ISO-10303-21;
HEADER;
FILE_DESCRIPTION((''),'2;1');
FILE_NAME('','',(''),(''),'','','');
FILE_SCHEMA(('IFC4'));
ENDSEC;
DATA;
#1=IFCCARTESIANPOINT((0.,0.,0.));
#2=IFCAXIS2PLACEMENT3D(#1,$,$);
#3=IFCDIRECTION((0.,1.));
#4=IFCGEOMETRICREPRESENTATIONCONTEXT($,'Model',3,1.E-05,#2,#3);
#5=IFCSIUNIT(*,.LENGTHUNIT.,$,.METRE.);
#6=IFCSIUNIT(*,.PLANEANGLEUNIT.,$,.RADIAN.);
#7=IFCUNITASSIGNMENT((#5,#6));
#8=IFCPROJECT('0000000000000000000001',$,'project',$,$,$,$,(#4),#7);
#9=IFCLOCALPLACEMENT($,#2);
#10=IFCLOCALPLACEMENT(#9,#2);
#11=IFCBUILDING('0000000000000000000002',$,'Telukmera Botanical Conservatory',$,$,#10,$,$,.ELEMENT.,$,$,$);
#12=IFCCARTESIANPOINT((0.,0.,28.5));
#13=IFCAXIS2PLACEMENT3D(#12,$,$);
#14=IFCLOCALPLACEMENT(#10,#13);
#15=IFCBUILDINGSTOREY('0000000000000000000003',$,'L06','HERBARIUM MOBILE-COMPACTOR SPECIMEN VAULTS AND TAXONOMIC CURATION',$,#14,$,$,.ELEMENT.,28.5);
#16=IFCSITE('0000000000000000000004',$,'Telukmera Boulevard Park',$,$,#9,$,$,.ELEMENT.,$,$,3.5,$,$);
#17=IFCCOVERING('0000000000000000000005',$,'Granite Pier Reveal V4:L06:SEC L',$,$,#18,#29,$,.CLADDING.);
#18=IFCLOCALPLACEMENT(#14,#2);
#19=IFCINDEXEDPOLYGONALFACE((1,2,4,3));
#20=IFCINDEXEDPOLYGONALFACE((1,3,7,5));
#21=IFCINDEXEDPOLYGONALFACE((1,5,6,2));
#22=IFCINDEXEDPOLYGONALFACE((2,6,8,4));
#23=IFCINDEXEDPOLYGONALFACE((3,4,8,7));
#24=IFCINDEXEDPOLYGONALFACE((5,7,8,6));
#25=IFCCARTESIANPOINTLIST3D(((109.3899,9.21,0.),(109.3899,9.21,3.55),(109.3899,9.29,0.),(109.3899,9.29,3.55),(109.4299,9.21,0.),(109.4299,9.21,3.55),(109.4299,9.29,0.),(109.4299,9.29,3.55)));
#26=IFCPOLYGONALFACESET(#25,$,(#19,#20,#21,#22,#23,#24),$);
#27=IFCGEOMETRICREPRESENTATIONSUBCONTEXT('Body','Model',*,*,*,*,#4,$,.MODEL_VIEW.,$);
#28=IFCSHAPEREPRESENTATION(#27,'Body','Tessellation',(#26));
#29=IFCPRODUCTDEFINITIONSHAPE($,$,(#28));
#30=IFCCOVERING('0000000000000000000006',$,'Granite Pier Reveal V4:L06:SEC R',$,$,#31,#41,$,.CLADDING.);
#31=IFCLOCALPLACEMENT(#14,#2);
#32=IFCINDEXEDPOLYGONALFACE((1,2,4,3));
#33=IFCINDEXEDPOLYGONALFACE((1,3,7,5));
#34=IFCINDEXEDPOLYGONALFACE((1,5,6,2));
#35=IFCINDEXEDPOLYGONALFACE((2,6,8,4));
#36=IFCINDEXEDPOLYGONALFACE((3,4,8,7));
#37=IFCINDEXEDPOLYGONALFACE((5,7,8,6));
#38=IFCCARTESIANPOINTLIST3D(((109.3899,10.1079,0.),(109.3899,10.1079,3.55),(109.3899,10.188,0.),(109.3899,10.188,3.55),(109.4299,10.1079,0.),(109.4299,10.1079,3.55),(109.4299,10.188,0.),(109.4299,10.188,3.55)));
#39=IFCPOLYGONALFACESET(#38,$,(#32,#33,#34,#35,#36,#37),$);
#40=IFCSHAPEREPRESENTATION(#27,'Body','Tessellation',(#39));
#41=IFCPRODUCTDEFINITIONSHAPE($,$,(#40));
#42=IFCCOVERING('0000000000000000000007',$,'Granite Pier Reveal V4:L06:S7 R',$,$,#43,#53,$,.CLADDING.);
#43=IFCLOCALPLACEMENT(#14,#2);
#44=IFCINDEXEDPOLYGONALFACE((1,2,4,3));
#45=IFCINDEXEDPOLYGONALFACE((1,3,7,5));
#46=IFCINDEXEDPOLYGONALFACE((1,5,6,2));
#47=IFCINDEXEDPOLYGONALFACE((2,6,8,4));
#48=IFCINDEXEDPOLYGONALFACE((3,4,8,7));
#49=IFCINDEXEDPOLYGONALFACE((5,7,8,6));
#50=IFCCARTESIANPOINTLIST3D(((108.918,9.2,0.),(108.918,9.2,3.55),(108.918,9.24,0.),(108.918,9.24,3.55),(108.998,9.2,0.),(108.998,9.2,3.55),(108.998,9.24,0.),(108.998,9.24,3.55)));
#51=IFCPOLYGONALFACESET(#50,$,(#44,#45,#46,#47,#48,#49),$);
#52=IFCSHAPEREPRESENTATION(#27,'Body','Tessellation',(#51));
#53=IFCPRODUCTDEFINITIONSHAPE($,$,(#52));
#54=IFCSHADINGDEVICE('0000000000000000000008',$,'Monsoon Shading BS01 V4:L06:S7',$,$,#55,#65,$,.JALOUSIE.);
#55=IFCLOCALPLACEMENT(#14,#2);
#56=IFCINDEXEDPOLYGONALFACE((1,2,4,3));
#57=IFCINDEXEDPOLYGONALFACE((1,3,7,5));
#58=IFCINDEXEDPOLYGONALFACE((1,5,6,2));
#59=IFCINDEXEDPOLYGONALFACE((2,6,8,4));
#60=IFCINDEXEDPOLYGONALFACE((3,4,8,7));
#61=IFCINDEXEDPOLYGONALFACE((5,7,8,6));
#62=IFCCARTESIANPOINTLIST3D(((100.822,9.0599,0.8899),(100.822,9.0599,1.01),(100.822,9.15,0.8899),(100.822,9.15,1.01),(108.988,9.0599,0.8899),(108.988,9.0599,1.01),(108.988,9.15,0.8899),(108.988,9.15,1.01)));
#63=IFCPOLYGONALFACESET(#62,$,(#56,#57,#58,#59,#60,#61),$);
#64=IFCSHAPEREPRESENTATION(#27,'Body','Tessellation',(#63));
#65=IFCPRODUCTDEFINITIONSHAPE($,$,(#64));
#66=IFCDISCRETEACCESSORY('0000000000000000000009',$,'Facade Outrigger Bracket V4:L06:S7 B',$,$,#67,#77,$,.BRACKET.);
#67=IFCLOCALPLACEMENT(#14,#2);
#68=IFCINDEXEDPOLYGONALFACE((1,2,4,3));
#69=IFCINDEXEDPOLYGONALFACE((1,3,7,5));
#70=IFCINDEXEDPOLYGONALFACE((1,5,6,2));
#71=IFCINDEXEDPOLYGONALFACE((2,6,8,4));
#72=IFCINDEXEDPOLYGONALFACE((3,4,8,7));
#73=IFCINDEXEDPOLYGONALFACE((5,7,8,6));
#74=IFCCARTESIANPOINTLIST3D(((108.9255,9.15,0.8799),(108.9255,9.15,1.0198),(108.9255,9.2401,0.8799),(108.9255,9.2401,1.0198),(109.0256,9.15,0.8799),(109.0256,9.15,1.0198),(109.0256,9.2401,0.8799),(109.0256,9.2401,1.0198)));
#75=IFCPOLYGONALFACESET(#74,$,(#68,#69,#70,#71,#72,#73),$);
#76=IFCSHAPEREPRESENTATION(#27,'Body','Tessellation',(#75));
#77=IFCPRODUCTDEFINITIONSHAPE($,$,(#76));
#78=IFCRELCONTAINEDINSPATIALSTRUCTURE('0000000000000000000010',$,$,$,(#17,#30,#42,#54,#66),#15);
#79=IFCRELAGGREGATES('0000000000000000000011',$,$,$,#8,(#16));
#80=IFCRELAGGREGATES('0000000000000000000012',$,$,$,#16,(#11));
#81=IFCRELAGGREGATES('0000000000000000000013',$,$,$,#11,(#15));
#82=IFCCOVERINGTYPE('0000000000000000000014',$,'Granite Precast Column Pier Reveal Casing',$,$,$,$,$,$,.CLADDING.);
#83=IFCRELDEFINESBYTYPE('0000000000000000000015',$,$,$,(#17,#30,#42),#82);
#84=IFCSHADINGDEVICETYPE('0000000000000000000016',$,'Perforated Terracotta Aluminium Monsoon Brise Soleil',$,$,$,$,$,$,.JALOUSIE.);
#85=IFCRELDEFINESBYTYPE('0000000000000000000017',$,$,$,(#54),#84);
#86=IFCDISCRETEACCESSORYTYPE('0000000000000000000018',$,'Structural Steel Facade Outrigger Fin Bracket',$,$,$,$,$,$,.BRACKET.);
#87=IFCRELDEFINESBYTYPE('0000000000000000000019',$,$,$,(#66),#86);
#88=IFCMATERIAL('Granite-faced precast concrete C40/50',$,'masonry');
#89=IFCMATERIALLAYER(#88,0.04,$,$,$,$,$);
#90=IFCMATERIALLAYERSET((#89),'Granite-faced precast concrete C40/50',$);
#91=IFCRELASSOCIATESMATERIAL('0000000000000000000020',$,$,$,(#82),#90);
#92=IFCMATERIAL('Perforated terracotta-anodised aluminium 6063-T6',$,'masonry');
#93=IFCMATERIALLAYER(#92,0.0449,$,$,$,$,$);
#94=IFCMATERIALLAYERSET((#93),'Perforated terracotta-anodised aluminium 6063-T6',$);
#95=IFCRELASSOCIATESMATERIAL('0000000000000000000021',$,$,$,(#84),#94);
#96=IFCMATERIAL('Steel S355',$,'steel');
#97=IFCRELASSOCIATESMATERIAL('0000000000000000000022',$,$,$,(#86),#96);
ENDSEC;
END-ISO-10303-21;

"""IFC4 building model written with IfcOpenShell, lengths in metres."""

from ifc_helpers import new_model, si_unit, direction, frame, origin, origin_2d, place, context, subcontext, project, spatial, rectangle, extrude, material, layer, layer_set, type_object, element, save


model = new_model("IFC4")

# Units and contexts
model_context = context("Model", 3, precision=1e-05, world=origin(), true_north=direction((0.0, 1.0)))
body_context = subcontext(model_context, "Body", "Model", "MODEL_VIEW")
ifc_project = project(units=[si_unit("LENGTHUNIT", "METRE"), si_unit("PLANEANGLEUNIT", "RADIAN")], contexts=[model_context])

# Site, building, storey
site_placement = place(None, origin())
site = spatial("IfcSite", under=ifc_project, at=site_placement, Name="Telukmera Boulevard Park", CompositionType="ELEMENT", RefElevation=3.5)
building_placement = place(site_placement, origin())
building = spatial("IfcBuilding", under=site, at=building_placement, Name="Telukmera Botanical Conservatory", CompositionType="ELEMENT")
storey_placement = place(building_placement, frame((0.0, 0.0, 28.5)))
storey = spatial("IfcBuildingStorey", under=building, at=storey_placement, Name="L06", Description="HERBARIUM MOBILE-COMPACTOR SPECIMEN VAULTS AND TAXONOMIC CURATION", CompositionType="ELEMENT", Elevation=28.5)

# Coverings
ifc_material_1 = material(Name="Granite-faced precast concrete C40/50", Category="masonry")
ifc_layer_1 = layer(ifc_material_1, 0.04)
ifc_layer_set_1 = layer_set([ifc_layer_1], Name="Granite-faced precast concrete C40/50")
covering_type = type_object("IfcCoveringType", Name="Granite Precast Column Pier Reveal Casing", PredefinedType="CLADDING", material=ifc_layer_set_1)
for number, where, z_axis, x_axis, name in (
    (1, (109.4099, 9.25, 0.0), (0.0, 0.0, 1.0), (0.0, 1.0, 0.0), "Granite Pier Reveal V4:L06:SEC L"),
    (2, (109.4099, 10.1479, 0.0), (0.0, 0.0, 1.0), (0.0, 1.0, 0.0), "Granite Pier Reveal V4:L06:SEC R"),
    (3, (108.958, 9.22, 0.0), (0.0, 0.0, 1.0), (1.0, 0.0, 0.0), "Granite Pier Reveal V4:L06:S7 R"),
):
    element("IfcCovering", number, at=place(storey_placement, frame(where, z_axis=z_axis, x_axis=x_axis)), inside=storey, type_object=covering_type, Name=name, PredefinedType="CLADDING", context=body_context, shape_type="SweptSolid", body=[
        extrude(rectangle(XDim=0.0801, YDim=0.04, at=origin_2d()), origin(), (0.0, 0.0, 1.0), 3.55),
    ])

# Shading device
ifc_material_2 = material(Name="Perforated terracotta-anodised aluminium 6063-T6", Category="masonry")
ifc_layer_2 = layer(ifc_material_2, 0.0449)
ifc_layer_set_2 = layer_set([ifc_layer_2], Name="Perforated terracotta-anodised aluminium 6063-T6")
shading_device_type = type_object("IfcShadingDeviceType", Name="Perforated Terracotta Aluminium Monsoon Brise Soleil", PredefinedType="JALOUSIE", material=ifc_layer_set_2)
shading_device_placement = place(storey_placement, frame((104.905, 9.105, 0.8899), z_axis=(0.0, 0.0, 1.0), x_axis=(1.0, 0.0, 0.0)))
element("IfcShadingDevice", 4, at=shading_device_placement, inside=storey, type_object=shading_device_type, Name="Monsoon Shading BS01 V4:L06:S7", PredefinedType="JALOUSIE", context=body_context, shape_type="SweptSolid", body=[
    extrude(rectangle(XDim=8.166, YDim=0.0901, at=origin_2d()), origin(), (0.0, 0.0, 1.0), 0.1201),
])

# Discrete accessory
ifc_material_3 = material(Name="Steel S355", Category="steel")
discrete_accessory_type = type_object("IfcDiscreteAccessoryType", Name="Structural Steel Facade Outrigger Fin Bracket", PredefinedType="BRACKET", material=ifc_material_3)
discrete_accessory_placement = place(storey_placement, frame((108.9756, 9.1951, 0.8799), z_axis=(0.0, 0.0, 1.0), x_axis=(1.0, 0.0, 0.0)))
element("IfcDiscreteAccessory", 5, at=discrete_accessory_placement, inside=storey, type_object=discrete_accessory_type, Name="Facade Outrigger Bracket V4:L06:S7 B", PredefinedType="BRACKET", context=body_context, shape_type="SweptSolid", body=[
    extrude(rectangle(XDim=0.1001, YDim=0.0901, at=origin_2d()), origin(), (0.0, 0.0, 1.0), 0.1399),
])

save(model, "model.ifc")
